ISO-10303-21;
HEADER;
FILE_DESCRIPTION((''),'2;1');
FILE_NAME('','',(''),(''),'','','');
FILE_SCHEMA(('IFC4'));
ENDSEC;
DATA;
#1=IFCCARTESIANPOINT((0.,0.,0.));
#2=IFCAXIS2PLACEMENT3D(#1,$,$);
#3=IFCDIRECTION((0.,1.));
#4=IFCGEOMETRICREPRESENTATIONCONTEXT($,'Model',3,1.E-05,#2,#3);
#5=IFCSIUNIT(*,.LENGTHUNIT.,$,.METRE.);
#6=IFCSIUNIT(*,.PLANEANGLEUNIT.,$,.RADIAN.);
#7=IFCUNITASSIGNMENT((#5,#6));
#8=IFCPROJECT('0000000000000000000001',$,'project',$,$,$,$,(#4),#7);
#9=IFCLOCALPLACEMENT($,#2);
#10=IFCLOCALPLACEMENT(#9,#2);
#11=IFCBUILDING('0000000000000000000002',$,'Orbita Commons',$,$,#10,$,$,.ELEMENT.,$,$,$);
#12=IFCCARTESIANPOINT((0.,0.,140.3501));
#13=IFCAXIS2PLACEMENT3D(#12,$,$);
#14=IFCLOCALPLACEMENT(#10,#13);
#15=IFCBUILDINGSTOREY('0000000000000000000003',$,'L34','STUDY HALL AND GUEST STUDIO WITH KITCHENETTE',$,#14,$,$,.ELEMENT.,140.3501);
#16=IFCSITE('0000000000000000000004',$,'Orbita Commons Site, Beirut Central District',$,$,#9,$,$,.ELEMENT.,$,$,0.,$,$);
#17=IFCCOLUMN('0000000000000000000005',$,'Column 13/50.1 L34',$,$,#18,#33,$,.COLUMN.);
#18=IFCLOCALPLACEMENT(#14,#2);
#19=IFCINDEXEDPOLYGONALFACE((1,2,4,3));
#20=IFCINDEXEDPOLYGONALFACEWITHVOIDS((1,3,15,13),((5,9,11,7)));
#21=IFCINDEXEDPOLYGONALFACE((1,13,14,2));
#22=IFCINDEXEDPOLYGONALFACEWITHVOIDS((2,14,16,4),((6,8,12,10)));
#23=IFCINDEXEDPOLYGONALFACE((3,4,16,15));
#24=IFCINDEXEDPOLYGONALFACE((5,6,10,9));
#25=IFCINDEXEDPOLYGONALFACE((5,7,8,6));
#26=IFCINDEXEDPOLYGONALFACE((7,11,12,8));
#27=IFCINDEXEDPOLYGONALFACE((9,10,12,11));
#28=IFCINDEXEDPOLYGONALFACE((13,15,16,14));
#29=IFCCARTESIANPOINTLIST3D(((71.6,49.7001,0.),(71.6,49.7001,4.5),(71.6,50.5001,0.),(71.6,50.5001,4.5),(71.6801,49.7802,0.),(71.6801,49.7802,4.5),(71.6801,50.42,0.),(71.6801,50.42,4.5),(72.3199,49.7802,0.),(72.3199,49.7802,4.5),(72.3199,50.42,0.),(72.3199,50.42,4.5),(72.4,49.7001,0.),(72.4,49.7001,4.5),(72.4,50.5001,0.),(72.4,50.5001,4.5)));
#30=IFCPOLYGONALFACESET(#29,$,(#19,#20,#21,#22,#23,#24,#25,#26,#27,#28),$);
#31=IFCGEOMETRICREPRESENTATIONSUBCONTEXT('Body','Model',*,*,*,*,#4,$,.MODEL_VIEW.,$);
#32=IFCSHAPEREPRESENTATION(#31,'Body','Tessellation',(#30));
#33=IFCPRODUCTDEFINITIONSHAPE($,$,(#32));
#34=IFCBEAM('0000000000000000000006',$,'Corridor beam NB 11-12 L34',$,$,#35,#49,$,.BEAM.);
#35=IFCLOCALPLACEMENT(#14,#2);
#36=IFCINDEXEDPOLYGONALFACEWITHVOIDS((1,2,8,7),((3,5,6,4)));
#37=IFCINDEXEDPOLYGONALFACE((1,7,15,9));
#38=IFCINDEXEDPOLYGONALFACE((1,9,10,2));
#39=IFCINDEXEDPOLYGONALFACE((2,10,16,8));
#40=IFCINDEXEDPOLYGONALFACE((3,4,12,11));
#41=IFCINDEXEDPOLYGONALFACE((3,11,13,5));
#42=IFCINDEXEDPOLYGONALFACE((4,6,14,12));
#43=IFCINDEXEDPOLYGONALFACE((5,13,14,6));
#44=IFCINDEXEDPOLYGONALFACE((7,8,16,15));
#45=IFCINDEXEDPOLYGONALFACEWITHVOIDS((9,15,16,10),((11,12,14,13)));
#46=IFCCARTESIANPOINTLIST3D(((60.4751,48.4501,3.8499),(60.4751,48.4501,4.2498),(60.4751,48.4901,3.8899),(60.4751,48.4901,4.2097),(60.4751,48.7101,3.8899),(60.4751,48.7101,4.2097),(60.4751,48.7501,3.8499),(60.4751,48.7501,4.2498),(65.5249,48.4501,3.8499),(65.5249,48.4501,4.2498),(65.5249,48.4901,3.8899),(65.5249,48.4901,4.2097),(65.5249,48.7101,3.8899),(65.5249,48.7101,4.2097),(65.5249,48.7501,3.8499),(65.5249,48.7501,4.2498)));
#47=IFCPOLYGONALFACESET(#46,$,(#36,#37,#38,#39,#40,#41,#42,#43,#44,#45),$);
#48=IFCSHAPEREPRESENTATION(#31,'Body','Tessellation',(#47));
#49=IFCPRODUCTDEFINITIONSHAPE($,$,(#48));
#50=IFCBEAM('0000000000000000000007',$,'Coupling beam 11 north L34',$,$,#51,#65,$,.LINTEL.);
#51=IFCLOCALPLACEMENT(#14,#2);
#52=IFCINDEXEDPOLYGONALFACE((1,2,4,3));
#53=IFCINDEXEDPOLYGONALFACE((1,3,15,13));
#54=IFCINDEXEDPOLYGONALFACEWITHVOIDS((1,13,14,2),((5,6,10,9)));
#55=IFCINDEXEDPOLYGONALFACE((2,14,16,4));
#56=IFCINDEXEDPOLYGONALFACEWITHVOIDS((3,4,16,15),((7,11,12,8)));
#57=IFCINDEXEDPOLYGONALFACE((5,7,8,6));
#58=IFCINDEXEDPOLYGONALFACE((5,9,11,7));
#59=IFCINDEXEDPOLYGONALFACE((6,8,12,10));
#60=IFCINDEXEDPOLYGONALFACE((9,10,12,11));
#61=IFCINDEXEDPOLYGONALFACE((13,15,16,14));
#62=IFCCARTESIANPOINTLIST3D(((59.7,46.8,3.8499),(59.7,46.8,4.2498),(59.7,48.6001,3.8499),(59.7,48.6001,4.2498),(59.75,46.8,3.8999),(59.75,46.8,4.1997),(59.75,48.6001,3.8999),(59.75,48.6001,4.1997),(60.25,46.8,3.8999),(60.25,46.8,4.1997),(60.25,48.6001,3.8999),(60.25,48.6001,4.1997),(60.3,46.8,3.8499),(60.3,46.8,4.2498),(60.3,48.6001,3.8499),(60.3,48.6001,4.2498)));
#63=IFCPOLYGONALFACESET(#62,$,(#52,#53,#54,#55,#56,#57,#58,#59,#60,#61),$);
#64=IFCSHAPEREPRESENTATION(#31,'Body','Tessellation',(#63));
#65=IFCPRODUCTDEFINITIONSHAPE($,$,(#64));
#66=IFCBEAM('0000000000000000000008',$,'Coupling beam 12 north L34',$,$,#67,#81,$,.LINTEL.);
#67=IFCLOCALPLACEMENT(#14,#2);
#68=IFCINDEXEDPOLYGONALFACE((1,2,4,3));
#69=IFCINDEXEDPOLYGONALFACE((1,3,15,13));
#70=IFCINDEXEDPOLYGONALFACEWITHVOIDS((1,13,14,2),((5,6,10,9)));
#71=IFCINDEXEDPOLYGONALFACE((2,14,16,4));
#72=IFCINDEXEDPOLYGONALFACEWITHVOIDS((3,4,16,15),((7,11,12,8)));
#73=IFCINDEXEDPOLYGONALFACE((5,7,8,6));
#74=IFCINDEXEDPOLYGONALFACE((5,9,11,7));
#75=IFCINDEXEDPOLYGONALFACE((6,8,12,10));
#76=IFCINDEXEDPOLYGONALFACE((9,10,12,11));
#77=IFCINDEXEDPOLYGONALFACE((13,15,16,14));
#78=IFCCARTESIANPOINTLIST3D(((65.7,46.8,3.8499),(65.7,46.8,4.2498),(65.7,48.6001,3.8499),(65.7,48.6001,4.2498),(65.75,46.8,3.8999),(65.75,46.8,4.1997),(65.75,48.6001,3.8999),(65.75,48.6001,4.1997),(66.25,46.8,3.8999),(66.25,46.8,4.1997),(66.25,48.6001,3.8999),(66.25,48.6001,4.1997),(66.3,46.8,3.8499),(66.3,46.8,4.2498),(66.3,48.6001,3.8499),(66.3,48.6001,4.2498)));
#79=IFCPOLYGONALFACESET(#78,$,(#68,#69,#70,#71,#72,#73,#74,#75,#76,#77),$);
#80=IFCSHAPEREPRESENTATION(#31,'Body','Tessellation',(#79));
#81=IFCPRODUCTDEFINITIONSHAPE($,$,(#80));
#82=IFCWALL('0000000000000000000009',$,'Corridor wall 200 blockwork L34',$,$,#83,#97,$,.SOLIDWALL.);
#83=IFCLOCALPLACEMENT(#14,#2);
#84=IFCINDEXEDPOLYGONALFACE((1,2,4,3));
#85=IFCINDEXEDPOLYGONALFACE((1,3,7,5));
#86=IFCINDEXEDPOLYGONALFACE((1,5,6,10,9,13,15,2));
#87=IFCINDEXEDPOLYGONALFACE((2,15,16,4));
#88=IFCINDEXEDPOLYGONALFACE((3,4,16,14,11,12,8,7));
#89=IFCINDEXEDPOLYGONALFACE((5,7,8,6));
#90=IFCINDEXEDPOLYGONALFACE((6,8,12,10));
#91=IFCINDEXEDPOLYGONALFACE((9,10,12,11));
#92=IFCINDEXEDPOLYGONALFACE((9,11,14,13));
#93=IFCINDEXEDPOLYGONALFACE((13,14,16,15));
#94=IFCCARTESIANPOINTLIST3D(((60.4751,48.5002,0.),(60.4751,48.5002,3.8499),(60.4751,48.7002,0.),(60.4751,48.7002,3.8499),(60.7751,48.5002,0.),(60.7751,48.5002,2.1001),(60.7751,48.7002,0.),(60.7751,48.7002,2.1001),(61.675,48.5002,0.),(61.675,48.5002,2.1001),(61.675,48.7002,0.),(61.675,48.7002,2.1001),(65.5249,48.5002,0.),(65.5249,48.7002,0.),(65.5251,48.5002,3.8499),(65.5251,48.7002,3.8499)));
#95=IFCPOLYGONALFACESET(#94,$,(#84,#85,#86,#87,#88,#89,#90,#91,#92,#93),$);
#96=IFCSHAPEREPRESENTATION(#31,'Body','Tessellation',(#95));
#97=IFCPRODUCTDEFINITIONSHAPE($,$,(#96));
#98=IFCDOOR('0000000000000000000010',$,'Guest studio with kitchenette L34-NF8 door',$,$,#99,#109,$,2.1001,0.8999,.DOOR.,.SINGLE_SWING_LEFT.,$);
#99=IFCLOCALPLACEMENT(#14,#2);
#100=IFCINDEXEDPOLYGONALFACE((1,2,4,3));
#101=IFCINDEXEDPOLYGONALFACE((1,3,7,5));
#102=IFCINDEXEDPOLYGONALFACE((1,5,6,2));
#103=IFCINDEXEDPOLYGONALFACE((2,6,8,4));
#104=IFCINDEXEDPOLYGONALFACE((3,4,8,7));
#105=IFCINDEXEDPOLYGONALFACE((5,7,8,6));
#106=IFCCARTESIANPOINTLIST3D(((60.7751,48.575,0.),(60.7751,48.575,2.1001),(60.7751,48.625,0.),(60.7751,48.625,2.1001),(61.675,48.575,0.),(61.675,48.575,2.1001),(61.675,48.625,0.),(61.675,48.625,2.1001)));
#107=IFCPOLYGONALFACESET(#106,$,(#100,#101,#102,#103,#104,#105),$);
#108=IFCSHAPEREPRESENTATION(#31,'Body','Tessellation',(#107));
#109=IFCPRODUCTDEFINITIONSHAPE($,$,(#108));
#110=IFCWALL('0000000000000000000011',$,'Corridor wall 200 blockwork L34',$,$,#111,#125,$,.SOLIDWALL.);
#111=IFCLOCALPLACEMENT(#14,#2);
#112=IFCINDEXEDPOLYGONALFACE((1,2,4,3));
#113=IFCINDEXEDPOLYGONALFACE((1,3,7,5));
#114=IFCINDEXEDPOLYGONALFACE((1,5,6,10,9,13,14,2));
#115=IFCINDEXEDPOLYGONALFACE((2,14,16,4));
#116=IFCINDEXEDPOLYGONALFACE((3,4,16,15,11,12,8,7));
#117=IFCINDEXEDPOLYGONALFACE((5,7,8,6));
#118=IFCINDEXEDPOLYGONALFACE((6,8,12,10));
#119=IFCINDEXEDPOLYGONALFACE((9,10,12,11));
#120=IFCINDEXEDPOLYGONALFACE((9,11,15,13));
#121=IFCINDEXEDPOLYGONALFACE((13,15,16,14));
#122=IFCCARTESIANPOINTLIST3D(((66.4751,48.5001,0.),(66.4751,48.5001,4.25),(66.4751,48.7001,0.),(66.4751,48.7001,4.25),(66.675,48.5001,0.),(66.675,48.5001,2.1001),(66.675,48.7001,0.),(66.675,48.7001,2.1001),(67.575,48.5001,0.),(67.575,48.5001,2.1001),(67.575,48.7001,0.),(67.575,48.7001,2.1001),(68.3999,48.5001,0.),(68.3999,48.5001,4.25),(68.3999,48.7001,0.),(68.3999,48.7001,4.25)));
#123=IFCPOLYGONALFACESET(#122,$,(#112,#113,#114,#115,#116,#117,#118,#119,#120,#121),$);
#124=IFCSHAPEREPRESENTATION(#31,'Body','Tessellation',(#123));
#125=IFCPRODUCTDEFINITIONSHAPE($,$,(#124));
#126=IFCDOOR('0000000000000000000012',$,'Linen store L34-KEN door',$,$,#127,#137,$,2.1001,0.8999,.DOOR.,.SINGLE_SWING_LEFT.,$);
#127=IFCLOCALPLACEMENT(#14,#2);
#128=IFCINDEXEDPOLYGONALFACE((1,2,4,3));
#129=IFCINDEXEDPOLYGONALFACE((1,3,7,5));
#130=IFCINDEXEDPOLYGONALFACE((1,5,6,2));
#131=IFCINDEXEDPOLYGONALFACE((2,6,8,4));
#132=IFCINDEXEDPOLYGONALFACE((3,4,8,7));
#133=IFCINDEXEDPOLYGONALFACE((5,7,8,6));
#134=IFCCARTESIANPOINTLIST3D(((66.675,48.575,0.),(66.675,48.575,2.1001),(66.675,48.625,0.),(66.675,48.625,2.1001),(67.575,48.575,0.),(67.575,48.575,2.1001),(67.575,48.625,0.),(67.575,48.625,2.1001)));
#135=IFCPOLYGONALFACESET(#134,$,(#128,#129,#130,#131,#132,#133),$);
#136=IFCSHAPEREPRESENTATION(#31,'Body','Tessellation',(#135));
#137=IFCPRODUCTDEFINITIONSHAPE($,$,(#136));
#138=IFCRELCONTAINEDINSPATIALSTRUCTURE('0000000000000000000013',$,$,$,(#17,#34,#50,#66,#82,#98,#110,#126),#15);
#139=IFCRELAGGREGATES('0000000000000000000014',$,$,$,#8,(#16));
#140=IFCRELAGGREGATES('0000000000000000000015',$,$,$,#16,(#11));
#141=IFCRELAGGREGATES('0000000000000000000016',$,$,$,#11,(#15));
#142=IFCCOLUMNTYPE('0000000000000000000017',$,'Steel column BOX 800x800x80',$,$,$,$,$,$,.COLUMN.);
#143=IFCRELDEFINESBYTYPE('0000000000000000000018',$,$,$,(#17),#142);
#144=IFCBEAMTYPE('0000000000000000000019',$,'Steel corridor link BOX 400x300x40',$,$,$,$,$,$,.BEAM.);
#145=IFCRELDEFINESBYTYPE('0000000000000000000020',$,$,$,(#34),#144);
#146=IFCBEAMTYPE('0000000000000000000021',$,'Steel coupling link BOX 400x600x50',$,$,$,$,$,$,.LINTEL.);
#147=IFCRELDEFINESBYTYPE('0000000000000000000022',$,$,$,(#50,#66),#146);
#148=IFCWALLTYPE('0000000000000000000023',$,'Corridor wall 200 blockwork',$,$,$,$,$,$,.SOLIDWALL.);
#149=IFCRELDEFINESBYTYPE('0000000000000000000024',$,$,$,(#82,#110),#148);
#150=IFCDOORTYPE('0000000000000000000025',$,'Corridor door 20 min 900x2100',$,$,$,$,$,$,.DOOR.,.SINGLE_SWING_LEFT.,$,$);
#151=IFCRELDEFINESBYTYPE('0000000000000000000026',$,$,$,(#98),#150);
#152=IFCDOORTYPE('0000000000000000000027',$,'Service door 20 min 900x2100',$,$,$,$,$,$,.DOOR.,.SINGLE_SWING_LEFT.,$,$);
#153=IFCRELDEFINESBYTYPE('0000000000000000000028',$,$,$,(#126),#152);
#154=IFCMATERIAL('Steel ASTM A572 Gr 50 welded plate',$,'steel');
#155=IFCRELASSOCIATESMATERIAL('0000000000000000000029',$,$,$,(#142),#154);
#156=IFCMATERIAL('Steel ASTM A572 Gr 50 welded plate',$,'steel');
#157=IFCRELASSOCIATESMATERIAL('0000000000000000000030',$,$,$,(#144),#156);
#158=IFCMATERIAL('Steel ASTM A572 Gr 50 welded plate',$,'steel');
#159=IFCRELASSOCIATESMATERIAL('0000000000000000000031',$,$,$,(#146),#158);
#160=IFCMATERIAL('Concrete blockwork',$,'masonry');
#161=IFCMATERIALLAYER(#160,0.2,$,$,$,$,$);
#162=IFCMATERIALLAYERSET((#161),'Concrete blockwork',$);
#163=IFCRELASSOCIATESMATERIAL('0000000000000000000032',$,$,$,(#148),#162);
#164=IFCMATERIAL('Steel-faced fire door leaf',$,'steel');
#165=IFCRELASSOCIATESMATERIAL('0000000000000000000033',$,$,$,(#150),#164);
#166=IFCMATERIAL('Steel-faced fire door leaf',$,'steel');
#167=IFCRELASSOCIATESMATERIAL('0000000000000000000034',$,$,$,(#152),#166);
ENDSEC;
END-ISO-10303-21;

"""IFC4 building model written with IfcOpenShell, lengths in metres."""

from ifc_helpers import new_model, si_unit, direction, frame, frame_2d, origin, origin_2d, place, context, subcontext, project, spatial, polyline, rectangle, hollow_rectangle, outline, extrude, material, layer, layer_set, material_profile, profile_set, type_object, element, fill, save


model = new_model("IFC4")

# Units and contexts
model_context = context("Model", 3, precision=1e-05, world=origin(), true_north=direction((0.0, 1.0)))
body_context = subcontext(model_context, "Body", "Model", "MODEL_VIEW")
ifc_project = project(units=[si_unit("LENGTHUNIT", "METRE"), si_unit("PLANEANGLEUNIT", "RADIAN")], contexts=[model_context])

# Site, building, storey
site_placement = place(None, origin())
site = spatial("IfcSite", under=ifc_project, at=site_placement, Name="Orbita Commons Site, Beirut Central District", CompositionType="ELEMENT", RefElevation=0.0)
building_placement = place(site_placement, origin())
building = spatial("IfcBuilding", under=site, at=building_placement, Name="Orbita Commons", CompositionType="ELEMENT")
storey_placement = place(building_placement, frame((0.0, 0.0, 140.3501)))
storey = spatial("IfcBuildingStorey", under=building, at=storey_placement, Name="L34", Description="STUDY HALL AND GUEST STUDIO WITH KITCHENETTE", CompositionType="ELEMENT", Elevation=140.3501)

# Column
ifc_material_1 = material(Name="Steel ASTM A572 Gr 50 welded plate", Category="steel")
ifc_material_profile_1 = material_profile(ifc_material_1, hollow_rectangle(XDim=0.8, YDim=0.8, WallThickness=0.0801, at=origin_2d()), Name="BOX 800x800x80")
ifc_profile_set_1 = profile_set([ifc_material_profile_1], Name="Steel ASTM A572 Gr 50 welded plate")
column_type = type_object("IfcColumnType", Name="Steel column BOX 800x800x80", PredefinedType="COLUMN", material=ifc_profile_set_1)
column_placement = place(storey_placement, frame((72.0, 50.1001, 0.0), z_axis=(0.0, 0.0, 1.0), x_axis=(1.0, 0.0, 0.0)))
element("IfcColumn", 1, at=column_placement, inside=storey, type_object=column_type, Name="Column 13/50.1 L34", PredefinedType="COLUMN", context=body_context, shape_type="SweptSolid", body=[
    extrude(hollow_rectangle(XDim=0.8, YDim=0.8, WallThickness=0.0801, at=origin_2d()), origin(), (0.0, 0.0, 1.0), 4.5),
])

# Beams
ifc_material_2 = material(Name="Steel ASTM A572 Gr 50 welded plate", Category="steel")
ifc_material_profile_2 = material_profile(ifc_material_2, hollow_rectangle(XDim=0.3, YDim=0.3999, WallThickness=0.04, at=origin_2d()), Name="BOX 400x300x40")
ifc_profile_set_2 = profile_set([ifc_material_profile_2], Name="Steel ASTM A572 Gr 50 welded plate")
beam_type_1 = type_object("IfcBeamType", Name="Steel corridor link BOX 400x300x40", PredefinedType="BEAM", material=ifc_profile_set_2)
beam_placement = place(storey_placement, frame((60.4751, 48.6001, 4.0498), z_axis=(1.0, 0.0, 0.0), x_axis=(0.0, 1.0, 0.0)))
element("IfcBeam", 2, at=beam_placement, inside=storey, type_object=beam_type_1, Name="Corridor beam NB 11-12 L34", PredefinedType="BEAM", context=body_context, shape_type="SweptSolid", body=[
    extrude(hollow_rectangle(XDim=0.3, YDim=0.3999, WallThickness=0.04, at=origin_2d()), origin(), (0.0, 0.0, 1.0), 5.0498),
])
ifc_material_3 = material(Name="Steel ASTM A572 Gr 50 welded plate", Category="steel")
ifc_material_profile_3 = material_profile(ifc_material_3, hollow_rectangle(XDim=0.6001, YDim=0.3999, WallThickness=0.05, at=origin_2d()), Name="BOX 400x600x50")
ifc_profile_set_3 = profile_set([ifc_material_profile_3], Name="Steel ASTM A572 Gr 50 welded plate")
beam_type_2 = type_object("IfcBeamType", Name="Steel coupling link BOX 400x600x50", PredefinedType="LINTEL", material=ifc_profile_set_3)
for number, where, z_axis, x_axis, name in (
    (3, (60.0, 46.8, 4.0498), (0.0, 1.0, 0.0), (-1.0, 0.0, 0.0), "Coupling beam 11 north L34"),
    (4, (66.0, 46.8, 4.0498), (0.0, 1.0, 0.0), (-1.0, 0.0, 0.0), "Coupling beam 12 north L34"),
):
    element("IfcBeam", number, at=place(storey_placement, frame(where, z_axis=z_axis, x_axis=x_axis)), inside=storey, type_object=beam_type_2, Name=name, PredefinedType="LINTEL", context=body_context, shape_type="SweptSolid", body=[
        extrude(hollow_rectangle(XDim=0.6001, YDim=0.3999, WallThickness=0.05, at=origin_2d()), origin(), (0.0, 0.0, 1.0), 1.8),
    ])

# Walls, openings, doors
ifc_material_4 = material(Name="Concrete blockwork", Category="masonry")
ifc_layer_1 = layer(ifc_material_4, 0.2)
ifc_layer_set_1 = layer_set([ifc_layer_1], Name="Concrete blockwork")
wall_type_1 = type_object("IfcWallType", Name="Corridor wall 200 blockwork", PredefinedType="SOLIDWALL", material=ifc_layer_set_1)
wall_1_placement = place(storey_placement, frame((60.4751, 48.6001, 0.0), z_axis=(0.0, 0.0, 1.0), x_axis=(1.0, 0.0, 0.0)))
wall_1 = element("IfcWall", 5, at=wall_1_placement, inside=storey, type_object=wall_type_1, Name="Corridor wall 200 blockwork L34", PredefinedType="SOLIDWALL", context=body_context, shape_type="SweptSolid", body=[
    extrude(outline(polyline([(0.0, 0.0), (5.0498, 0.0), (5.05, 3.8499), (0.0, 3.8499), (0.0, 0.0)])), frame((0.0, 0.1001, 0.0), z_axis=(0.0, -1.0, 0.0), x_axis=(1.0, 0.0, 0.0)), (0.0, 0.0, 1.0), 0.2),
])
opening_1_placement = place(wall_1_placement, frame((0.3, 0.0, 0.0)))
opening_1 = element("IfcOpeningElement", 6, at=opening_1_placement, cuts=wall_1, PredefinedType="OPENING", context=body_context, shape_type="SweptSolid", body=[
    extrude(rectangle(XDim=0.8999, YDim=2.1001, at=frame_2d((0.45, 1.05))), frame((0.0, 0.1099, 0.0), z_axis=(0.0, -1.0, 0.0), x_axis=(1.0, 0.0, 0.0)), (0.0, 0.0, 1.0), 0.22),
])
ifc_material_5 = material(Name="Steel-faced fire door leaf", Category="steel")
door_type_1 = type_object("IfcDoorType", Name="Corridor door 20 min 900x2100", OperationType="SINGLE_SWING_LEFT", PredefinedType="DOOR", material=ifc_material_5)
door_1_placement = place(opening_1_placement, origin())
door_1 = element("IfcDoor", 7, at=door_1_placement, inside=storey, type_object=door_type_1, Name="Guest studio with kitchenette L34-NF8 door", OperationType="SINGLE_SWING_LEFT", OverallHeight=2.1001, OverallWidth=0.8999, PredefinedType="DOOR", context=body_context, shape_type="SweptSolid", body=[
    extrude(rectangle(XDim=0.8999, YDim=2.1001, at=frame_2d((0.45, 1.05))), frame((0.0, 0.0249, 0.0), z_axis=(0.0, -1.0, 0.0), x_axis=(1.0, 0.0, 0.0)), (0.0, 0.0, 1.0), 0.05),
])
fill(opening_1, door_1)
wall_2_placement = place(storey_placement, frame((66.4751, 48.6001, 0.0), z_axis=(0.0, 0.0, 1.0), x_axis=(1.0, 0.0, 0.0)))
wall_2 = element("IfcWall", 8, at=wall_2_placement, inside=storey, type_object=wall_type_1, Name="Corridor wall 200 blockwork L34", PredefinedType="SOLIDWALL", context=body_context, shape_type="SweptSolid", body=[
    extrude(rectangle(XDim=1.9248, YDim=0.2, at=frame_2d((0.9624, 0.0))), origin(), (0.0, 0.0, 1.0), 4.25),
])
opening_2_placement = place(wall_2_placement, frame((0.2, 0.0, 0.0)))
opening_2 = element("IfcOpeningElement", 9, at=opening_2_placement, cuts=wall_2, PredefinedType="OPENING", context=body_context, shape_type="SweptSolid", body=[
    extrude(rectangle(XDim=0.8999, YDim=2.1001, at=frame_2d((0.45, 1.05))), frame((0.0, 0.1099, 0.0), z_axis=(0.0, -1.0, 0.0), x_axis=(1.0, 0.0, 0.0)), (0.0, 0.0, 1.0), 0.22),
])
ifc_material_6 = material(Name="Steel-faced fire door leaf", Category="steel")
door_type_2 = type_object("IfcDoorType", Name="Service door 20 min 900x2100", OperationType="SINGLE_SWING_LEFT", PredefinedType="DOOR", material=ifc_material_6)
door_2_placement = place(opening_2_placement, origin())
door_2 = element("IfcDoor", 10, at=door_2_placement, inside=storey, type_object=door_type_2, Name="Linen store L34-KEN door", OperationType="SINGLE_SWING_LEFT", OverallHeight=2.1001, OverallWidth=0.8999, PredefinedType="DOOR", context=body_context, shape_type="SweptSolid", body=[
    extrude(rectangle(XDim=0.8999, YDim=2.1001, at=frame_2d((0.45, 1.05))), frame((0.0, 0.0249, 0.0), z_axis=(0.0, -1.0, 0.0), x_axis=(1.0, 0.0, 0.0)), (0.0, 0.0, 1.0), 0.05),
])
fill(opening_2, door_2)

save(model, "model.ifc")
